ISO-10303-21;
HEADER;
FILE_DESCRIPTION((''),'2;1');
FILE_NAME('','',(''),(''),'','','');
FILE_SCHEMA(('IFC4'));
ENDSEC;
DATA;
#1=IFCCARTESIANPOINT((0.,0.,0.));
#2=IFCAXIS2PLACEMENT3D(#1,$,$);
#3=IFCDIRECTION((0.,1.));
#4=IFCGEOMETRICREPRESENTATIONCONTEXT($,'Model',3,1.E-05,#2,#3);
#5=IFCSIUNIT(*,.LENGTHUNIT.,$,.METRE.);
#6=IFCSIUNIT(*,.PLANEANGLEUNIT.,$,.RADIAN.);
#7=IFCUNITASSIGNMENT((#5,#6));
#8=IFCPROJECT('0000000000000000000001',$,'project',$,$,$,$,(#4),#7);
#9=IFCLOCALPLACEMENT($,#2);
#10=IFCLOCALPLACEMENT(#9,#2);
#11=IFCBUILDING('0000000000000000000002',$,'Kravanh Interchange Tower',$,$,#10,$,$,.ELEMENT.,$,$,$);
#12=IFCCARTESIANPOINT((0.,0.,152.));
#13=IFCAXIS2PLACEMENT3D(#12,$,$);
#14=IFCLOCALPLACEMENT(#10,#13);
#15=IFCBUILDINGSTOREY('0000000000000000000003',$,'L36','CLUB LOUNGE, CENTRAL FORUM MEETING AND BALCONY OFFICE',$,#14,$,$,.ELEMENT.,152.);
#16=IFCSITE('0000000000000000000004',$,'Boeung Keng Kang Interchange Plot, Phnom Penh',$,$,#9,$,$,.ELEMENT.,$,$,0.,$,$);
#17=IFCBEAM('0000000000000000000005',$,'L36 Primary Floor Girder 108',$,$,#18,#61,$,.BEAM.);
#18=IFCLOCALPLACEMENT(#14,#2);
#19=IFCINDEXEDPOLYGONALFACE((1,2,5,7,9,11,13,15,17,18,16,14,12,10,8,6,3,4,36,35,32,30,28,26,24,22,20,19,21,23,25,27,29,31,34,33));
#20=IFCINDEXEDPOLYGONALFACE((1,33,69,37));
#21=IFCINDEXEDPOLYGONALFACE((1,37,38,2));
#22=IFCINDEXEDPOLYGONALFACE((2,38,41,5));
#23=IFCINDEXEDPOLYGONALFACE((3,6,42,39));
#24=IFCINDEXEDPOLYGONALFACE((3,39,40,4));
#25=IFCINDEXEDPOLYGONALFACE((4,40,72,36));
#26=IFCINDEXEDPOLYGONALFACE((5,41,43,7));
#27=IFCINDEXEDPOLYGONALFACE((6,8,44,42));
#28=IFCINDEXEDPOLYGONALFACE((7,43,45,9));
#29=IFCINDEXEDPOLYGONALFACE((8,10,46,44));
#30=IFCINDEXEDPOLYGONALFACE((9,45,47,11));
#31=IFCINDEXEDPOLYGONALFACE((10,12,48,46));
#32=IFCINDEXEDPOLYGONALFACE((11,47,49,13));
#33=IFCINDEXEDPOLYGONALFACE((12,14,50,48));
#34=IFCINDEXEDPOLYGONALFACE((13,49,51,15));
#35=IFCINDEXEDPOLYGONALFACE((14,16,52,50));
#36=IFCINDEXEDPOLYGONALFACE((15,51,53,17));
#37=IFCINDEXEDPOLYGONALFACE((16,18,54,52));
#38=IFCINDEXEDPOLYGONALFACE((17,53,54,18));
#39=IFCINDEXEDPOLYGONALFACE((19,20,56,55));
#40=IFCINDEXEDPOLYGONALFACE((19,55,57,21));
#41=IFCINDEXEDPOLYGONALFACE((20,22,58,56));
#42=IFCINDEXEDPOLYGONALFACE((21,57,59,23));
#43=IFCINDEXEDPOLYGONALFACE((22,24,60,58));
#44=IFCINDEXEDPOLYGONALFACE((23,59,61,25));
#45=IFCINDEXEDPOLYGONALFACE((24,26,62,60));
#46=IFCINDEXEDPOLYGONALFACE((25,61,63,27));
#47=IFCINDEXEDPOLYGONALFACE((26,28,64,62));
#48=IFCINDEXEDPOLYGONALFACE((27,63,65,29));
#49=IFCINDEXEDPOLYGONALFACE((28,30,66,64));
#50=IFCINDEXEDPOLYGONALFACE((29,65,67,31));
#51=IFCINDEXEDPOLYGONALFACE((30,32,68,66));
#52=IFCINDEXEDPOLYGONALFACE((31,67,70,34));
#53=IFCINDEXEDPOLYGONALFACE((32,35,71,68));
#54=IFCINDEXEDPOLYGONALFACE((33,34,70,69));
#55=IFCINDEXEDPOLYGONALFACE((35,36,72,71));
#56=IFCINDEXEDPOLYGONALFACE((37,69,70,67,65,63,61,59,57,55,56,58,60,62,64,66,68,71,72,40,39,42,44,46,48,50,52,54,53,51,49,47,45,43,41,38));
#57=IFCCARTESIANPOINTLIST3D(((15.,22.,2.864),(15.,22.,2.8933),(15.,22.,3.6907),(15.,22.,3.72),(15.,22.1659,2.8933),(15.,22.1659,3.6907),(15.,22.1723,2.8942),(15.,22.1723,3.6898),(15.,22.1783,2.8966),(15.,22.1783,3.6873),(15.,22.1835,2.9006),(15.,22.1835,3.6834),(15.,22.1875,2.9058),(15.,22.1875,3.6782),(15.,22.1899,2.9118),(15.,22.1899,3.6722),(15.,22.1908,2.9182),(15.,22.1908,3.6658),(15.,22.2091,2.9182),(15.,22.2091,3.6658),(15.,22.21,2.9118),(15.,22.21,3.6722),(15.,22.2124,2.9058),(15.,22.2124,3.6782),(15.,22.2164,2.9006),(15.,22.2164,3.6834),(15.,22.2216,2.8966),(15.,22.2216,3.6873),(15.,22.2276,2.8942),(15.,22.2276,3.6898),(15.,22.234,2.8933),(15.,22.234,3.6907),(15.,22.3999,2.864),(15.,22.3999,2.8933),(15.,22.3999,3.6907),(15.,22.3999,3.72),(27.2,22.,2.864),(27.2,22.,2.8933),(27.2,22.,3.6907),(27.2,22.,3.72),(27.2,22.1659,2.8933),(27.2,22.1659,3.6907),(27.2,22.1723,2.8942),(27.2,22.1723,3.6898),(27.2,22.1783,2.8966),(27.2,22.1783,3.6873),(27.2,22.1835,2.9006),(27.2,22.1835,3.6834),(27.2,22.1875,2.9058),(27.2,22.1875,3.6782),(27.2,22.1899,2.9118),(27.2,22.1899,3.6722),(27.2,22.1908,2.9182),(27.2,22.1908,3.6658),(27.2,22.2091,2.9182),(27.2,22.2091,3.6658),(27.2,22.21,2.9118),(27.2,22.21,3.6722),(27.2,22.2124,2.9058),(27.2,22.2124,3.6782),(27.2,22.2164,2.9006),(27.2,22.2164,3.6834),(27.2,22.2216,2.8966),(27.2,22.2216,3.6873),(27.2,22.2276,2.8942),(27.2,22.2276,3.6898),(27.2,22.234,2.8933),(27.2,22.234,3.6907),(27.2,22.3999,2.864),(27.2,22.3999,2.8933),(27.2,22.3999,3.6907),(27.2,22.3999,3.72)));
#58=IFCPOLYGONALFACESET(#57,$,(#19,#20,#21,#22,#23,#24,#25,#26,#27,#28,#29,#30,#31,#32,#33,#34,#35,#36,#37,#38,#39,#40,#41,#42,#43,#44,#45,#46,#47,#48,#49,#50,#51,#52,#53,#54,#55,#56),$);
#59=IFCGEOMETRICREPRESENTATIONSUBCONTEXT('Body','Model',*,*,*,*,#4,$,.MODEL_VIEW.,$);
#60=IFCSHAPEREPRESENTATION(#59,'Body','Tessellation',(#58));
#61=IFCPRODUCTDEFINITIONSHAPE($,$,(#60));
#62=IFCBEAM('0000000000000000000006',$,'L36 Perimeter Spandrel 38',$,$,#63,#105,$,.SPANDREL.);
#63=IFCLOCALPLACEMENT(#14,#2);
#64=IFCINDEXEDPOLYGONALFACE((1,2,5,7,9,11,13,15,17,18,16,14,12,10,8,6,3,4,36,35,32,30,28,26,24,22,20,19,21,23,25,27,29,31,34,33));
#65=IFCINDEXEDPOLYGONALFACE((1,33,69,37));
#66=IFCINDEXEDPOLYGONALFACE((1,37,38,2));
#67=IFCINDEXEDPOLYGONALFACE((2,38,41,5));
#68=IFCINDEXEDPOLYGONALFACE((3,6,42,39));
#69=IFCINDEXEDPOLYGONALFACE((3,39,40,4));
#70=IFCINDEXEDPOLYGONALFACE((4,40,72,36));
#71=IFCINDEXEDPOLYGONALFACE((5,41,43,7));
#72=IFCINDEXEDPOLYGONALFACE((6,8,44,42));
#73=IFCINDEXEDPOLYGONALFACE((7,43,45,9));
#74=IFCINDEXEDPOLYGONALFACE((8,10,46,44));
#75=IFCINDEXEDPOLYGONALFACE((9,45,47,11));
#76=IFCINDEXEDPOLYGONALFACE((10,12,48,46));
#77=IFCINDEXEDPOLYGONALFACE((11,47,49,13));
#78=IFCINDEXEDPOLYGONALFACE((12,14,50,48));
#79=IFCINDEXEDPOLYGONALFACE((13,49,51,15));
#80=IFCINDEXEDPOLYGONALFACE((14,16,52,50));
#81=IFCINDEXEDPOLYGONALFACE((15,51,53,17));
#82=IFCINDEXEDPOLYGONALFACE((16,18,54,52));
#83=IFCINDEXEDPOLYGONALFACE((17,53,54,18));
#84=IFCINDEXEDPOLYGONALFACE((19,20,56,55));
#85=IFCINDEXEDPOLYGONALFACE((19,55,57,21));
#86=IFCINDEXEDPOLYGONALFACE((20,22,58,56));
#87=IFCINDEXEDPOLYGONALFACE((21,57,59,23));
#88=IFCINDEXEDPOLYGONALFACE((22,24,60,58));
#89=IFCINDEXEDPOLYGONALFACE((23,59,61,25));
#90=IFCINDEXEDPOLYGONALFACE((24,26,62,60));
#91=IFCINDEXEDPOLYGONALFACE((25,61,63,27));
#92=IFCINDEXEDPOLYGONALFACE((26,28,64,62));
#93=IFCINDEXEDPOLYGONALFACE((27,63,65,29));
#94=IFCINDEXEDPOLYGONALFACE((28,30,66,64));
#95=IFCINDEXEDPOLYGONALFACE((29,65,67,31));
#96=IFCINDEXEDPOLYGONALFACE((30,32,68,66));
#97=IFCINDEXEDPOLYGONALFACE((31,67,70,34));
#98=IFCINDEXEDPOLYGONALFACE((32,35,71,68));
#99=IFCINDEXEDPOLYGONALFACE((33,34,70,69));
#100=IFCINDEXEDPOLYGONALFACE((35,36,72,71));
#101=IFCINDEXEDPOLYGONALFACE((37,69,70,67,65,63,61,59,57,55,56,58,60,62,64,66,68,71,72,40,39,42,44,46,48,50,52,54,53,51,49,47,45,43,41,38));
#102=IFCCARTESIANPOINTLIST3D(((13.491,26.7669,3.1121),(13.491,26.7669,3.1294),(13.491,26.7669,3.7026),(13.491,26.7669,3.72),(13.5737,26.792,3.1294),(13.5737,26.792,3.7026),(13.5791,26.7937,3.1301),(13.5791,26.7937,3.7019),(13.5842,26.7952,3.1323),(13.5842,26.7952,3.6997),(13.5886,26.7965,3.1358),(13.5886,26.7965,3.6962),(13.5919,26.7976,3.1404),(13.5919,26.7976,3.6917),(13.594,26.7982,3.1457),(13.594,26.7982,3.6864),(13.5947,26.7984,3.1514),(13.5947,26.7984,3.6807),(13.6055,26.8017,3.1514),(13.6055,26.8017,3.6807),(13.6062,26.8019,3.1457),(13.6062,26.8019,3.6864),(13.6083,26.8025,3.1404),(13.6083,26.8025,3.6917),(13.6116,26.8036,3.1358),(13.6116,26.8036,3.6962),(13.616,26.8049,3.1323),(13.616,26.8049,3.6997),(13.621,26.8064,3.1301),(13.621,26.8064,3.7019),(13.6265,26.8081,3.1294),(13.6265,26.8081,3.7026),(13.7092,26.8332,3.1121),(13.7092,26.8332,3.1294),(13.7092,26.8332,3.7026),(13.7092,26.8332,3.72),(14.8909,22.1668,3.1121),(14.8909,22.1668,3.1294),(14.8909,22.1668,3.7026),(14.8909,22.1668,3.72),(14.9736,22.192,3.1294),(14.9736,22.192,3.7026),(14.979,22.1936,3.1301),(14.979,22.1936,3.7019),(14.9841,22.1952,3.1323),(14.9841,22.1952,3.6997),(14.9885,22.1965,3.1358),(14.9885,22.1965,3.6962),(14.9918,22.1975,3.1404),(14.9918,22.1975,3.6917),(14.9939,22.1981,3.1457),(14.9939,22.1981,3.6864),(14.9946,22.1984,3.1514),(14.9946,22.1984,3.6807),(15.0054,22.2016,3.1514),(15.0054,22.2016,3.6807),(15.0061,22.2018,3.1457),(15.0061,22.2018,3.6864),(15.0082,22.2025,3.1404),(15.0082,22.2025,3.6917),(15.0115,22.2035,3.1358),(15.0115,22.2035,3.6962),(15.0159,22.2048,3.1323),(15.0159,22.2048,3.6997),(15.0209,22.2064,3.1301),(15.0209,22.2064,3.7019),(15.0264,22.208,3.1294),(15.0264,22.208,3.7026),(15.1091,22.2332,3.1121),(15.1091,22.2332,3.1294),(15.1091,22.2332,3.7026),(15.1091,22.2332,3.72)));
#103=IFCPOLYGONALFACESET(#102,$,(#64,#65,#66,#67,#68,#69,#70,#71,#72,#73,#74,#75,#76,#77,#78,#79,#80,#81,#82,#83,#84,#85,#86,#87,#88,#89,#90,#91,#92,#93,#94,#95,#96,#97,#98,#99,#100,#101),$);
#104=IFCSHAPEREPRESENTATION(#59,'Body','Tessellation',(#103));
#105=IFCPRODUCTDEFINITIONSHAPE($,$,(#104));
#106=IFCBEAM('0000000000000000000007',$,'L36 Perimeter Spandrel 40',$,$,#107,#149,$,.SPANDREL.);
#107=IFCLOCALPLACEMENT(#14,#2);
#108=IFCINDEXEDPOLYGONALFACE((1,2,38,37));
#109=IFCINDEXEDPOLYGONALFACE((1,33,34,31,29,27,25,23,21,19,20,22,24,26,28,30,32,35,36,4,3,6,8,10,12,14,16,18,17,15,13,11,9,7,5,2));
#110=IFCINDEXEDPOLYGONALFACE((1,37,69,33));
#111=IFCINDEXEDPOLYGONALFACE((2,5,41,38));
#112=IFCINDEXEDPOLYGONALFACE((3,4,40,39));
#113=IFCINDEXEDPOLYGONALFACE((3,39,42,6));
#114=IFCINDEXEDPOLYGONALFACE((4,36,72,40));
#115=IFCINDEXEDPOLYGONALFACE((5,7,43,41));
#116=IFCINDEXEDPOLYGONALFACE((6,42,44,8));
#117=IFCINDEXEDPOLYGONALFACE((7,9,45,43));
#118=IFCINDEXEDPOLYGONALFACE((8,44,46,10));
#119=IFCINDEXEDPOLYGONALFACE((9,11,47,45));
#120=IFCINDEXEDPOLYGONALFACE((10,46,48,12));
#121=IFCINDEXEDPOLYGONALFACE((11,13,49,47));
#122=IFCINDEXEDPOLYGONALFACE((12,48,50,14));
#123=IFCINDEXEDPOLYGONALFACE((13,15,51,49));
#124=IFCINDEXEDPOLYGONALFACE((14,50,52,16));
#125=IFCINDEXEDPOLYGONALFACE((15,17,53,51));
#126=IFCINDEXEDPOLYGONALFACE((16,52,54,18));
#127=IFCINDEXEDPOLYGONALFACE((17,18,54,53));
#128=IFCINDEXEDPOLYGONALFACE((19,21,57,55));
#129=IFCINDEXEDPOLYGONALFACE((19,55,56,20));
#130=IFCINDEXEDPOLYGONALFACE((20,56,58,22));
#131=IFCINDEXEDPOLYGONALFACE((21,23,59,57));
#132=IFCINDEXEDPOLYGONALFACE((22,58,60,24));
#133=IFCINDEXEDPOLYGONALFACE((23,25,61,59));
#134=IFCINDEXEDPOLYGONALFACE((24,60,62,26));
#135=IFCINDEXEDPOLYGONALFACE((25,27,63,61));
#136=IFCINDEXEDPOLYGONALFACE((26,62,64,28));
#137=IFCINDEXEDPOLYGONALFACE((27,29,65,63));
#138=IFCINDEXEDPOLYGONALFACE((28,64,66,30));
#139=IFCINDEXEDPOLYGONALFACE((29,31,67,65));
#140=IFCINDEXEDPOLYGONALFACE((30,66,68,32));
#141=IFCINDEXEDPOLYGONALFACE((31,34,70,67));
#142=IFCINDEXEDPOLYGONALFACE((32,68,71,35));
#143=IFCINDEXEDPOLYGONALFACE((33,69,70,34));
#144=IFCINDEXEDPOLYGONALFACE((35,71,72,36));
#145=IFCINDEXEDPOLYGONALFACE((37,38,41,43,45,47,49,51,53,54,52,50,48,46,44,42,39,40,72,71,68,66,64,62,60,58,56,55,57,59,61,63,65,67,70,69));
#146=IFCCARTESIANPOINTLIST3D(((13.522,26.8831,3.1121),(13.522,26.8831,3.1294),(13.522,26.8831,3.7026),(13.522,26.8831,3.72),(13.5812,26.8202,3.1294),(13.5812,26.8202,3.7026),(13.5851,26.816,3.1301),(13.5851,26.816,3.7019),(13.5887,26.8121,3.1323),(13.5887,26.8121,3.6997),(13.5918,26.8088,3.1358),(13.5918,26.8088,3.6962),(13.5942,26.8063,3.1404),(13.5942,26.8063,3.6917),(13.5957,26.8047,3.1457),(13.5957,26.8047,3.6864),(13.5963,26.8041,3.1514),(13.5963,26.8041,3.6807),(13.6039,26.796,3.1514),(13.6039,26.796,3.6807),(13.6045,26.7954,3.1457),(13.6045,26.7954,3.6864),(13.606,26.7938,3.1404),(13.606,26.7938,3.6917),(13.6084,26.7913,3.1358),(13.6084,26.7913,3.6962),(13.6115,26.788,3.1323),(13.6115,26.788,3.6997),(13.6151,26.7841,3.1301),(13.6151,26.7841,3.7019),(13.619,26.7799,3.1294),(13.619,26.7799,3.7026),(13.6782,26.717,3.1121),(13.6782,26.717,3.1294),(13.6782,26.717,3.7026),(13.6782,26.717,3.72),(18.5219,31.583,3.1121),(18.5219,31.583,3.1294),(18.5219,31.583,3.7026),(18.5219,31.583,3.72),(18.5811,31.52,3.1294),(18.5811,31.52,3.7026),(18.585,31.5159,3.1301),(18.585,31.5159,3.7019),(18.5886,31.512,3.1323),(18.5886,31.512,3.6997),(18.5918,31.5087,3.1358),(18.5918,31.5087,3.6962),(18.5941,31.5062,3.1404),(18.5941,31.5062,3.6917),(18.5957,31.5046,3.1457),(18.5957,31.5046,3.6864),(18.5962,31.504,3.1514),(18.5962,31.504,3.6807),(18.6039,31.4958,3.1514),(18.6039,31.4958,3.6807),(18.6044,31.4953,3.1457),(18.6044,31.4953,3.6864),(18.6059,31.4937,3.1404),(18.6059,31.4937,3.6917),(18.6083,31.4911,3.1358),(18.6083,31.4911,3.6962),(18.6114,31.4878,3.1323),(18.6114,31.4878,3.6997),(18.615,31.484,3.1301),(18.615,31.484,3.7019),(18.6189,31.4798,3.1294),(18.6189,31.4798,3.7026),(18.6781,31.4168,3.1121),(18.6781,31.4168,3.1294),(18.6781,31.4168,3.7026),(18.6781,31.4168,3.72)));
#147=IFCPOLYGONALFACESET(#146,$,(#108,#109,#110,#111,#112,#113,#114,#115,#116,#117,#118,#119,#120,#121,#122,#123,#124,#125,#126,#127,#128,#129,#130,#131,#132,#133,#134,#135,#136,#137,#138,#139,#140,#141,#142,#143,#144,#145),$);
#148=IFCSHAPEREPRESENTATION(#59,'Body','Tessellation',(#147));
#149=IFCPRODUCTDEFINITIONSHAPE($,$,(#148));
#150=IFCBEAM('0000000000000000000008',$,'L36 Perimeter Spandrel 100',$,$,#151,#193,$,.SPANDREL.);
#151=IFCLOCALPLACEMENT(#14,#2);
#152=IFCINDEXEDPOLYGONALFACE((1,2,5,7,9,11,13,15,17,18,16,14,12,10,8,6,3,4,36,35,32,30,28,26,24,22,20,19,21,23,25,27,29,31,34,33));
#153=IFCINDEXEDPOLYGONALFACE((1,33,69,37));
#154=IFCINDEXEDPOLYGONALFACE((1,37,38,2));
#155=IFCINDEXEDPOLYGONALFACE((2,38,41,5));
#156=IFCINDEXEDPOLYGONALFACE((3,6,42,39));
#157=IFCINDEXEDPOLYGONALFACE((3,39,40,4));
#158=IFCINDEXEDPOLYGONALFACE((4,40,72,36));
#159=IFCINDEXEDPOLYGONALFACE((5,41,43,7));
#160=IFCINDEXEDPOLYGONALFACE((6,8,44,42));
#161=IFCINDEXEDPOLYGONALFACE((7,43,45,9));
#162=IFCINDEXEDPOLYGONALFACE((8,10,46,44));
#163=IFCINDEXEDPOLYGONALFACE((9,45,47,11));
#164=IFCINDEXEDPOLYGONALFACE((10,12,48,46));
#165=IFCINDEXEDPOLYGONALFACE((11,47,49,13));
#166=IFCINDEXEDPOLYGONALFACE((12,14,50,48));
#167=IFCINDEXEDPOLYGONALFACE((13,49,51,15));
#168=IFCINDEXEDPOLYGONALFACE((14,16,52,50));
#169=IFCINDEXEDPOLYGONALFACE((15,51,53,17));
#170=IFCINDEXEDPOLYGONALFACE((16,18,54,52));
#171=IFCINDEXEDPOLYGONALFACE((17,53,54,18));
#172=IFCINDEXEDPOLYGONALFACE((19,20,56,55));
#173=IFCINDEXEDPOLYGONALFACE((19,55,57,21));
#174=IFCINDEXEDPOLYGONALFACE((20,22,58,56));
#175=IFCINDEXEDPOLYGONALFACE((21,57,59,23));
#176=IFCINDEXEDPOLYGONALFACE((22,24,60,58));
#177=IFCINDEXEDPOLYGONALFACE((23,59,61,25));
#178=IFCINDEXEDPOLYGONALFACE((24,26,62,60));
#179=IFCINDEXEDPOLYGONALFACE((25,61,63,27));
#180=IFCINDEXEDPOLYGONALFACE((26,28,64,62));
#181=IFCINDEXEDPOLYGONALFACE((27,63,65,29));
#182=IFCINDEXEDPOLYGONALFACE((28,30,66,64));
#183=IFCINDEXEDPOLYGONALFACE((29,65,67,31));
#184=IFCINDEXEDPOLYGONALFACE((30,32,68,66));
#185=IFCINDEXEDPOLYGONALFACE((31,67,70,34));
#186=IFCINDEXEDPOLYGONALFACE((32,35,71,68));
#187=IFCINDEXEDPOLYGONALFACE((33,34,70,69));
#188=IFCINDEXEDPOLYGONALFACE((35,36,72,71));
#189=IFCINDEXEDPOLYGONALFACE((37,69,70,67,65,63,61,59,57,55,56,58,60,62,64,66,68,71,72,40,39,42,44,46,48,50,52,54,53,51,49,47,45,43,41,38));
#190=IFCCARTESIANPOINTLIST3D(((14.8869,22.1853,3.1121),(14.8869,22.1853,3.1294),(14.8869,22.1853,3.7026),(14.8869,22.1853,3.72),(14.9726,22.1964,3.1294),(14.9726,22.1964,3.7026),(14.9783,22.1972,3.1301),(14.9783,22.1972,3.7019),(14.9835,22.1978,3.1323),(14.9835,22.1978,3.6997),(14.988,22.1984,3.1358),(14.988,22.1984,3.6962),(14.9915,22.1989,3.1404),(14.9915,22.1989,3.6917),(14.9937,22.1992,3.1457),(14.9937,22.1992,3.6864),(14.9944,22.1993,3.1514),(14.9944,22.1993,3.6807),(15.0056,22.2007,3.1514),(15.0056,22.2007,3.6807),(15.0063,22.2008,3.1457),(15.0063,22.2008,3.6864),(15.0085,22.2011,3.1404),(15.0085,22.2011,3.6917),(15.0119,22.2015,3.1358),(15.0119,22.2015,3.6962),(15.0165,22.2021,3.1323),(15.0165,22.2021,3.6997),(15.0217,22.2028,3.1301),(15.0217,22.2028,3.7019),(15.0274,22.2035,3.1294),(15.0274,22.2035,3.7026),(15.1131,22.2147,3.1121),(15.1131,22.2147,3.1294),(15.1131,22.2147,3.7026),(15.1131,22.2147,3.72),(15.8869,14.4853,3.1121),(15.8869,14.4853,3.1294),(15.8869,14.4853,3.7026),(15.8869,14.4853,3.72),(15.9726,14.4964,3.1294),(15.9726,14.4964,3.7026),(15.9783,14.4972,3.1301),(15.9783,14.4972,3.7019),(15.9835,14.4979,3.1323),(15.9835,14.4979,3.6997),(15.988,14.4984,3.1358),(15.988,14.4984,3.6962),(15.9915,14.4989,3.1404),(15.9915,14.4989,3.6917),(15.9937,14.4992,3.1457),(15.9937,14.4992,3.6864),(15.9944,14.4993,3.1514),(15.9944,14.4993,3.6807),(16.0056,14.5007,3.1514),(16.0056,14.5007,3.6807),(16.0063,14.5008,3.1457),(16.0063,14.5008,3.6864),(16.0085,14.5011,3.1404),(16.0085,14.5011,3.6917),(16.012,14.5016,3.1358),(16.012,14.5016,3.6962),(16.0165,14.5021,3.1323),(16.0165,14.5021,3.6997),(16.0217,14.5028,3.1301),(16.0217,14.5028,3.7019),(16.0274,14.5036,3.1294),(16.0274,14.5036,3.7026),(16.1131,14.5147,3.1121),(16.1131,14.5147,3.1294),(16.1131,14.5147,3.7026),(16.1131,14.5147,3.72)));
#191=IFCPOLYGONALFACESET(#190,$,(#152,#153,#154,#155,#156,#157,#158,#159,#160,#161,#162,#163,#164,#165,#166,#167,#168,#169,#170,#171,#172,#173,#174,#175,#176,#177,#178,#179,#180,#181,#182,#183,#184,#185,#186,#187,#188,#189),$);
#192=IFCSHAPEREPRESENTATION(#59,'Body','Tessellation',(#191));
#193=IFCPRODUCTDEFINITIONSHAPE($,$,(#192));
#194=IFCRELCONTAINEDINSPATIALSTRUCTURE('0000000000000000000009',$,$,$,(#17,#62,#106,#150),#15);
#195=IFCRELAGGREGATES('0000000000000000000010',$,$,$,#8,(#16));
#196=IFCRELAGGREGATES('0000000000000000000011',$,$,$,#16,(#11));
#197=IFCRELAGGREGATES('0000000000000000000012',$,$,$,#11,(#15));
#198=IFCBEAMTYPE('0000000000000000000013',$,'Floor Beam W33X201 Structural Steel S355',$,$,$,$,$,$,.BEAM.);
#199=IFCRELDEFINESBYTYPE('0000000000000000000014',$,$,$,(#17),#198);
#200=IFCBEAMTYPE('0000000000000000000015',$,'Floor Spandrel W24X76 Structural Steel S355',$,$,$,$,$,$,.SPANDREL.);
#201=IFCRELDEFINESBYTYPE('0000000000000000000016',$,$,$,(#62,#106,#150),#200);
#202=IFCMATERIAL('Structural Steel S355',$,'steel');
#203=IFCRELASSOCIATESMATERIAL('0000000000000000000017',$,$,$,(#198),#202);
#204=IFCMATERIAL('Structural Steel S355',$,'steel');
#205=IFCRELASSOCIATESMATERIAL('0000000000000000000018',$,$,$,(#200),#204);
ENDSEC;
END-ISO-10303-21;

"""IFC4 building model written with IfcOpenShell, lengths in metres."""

from ifc_helpers import new_model, si_unit, direction, frame, origin, origin_2d, place, context, subcontext, project, spatial, i_section, extrude, material, material_profile, profile_set, type_object, element, save


model = new_model("IFC4")

# Units and contexts
model_context = context("Model", 3, precision=1e-05, world=origin(), true_north=direction((0.0, 1.0)))
body_context = subcontext(model_context, "Body", "Model", "MODEL_VIEW")
ifc_project = project(units=[si_unit("LENGTHUNIT", "METRE"), si_unit("PLANEANGLEUNIT", "RADIAN")], contexts=[model_context])

# Site, building, storey
site_placement = place(None, origin())
site = spatial("IfcSite", under=ifc_project, at=site_placement, Name="Boeung Keng Kang Interchange Plot, Phnom Penh", CompositionType="ELEMENT", RefElevation=0.0)
building_placement = place(site_placement, origin())
building = spatial("IfcBuilding", under=site, at=building_placement, Name="Kravanh Interchange Tower", CompositionType="ELEMENT")
storey_placement = place(building_placement, frame((0.0, 0.0, 152.0)))
storey = spatial("IfcBuildingStorey", under=building, at=storey_placement, Name="L36", Description="CLUB LOUNGE, CENTRAL FORUM MEETING AND BALCONY OFFICE", CompositionType="ELEMENT", Elevation=152.0)

# Beams
ifc_material_1 = material(Name="Structural Steel S355", Category="steel")
ifc_material_profile_1 = material_profile(ifc_material_1, i_section(OverallWidth=0.3999, OverallDepth=0.856, WebThickness=0.0183, FlangeThickness=0.0293, FilletRadius=0.0249, at=origin_2d()), Name="W33X201")
ifc_profile_set_1 = profile_set([ifc_material_profile_1], Name="Structural Steel S355")
beam_type_1 = type_object("IfcBeamType", Name="Floor Beam W33X201 Structural Steel S355", PredefinedType="BEAM", material=ifc_profile_set_1)
beam_1_placement = place(storey_placement, frame((15.0, 22.2, 3.292), z_axis=(1.0, 0.0, 0.0), x_axis=(0.0, 1.0, 0.0)))
element("IfcBeam", 1, at=beam_1_placement, inside=storey, type_object=beam_type_1, Name="L36 Primary Floor Girder 108", PredefinedType="BEAM", context=body_context, shape_type="SweptSolid", body=[
    extrude(i_section(OverallWidth=0.3999, OverallDepth=0.856, WebThickness=0.0183, FlangeThickness=0.0293, FilletRadius=0.0249, at=origin_2d()), origin(), (0.0, 0.0, 1.0), 12.2),
])
ifc_material_2 = material(Name="Structural Steel S355", Category="steel")
ifc_material_profile_2 = material_profile(ifc_material_2, i_section(OverallWidth=0.228, OverallDepth=0.6079, WebThickness=0.0112, FlangeThickness=0.0173, FilletRadius=0.022, at=origin_2d()), Name="W24X76")
ifc_profile_set_2 = profile_set([ifc_material_profile_2], Name="Structural Steel S355")
beam_type_2 = type_object("IfcBeamType", Name="Floor Spandrel W24X76 Structural Steel S355", PredefinedType="SPANDREL", material=ifc_profile_set_2)
beam_2_placement = place(storey_placement, frame((13.6001, 26.8, 3.416), z_axis=(0.291137, -0.956681, 0.0), x_axis=(0.956681, 0.291137, 0.0)))
element("IfcBeam", 2, at=beam_2_placement, inside=storey, type_object=beam_type_2, Name="L36 Perimeter Spandrel 38", PredefinedType="SPANDREL", context=body_context, shape_type="SweptSolid", body=[
    extrude(i_section(OverallWidth=0.228, OverallDepth=0.6079, WebThickness=0.0112, FlangeThickness=0.0173, FilletRadius=0.022, at=origin_2d()), origin(), (0.0, 0.0, 1.0), 4.8083),
])
beam_3_placement = place(storey_placement, frame((13.6001, 26.8, 3.416), z_axis=(0.728631, 0.684906, 0.0), x_axis=(-0.684906, 0.728631, 0.0)))
element("IfcBeam", 3, at=beam_3_placement, inside=storey, type_object=beam_type_2, Name="L36 Perimeter Spandrel 40", PredefinedType="SPANDREL", context=body_context, shape_type="SweptSolid", body=[
    extrude(i_section(OverallWidth=0.228, OverallDepth=0.6079, WebThickness=0.0112, FlangeThickness=0.0173, FilletRadius=0.022, at=origin_2d()), origin(), (0.0, 0.0, 1.0), 6.8621),
])
beam_4_placement = place(storey_placement, frame((16.0, 14.5, 3.416), z_axis=(-0.128789, 0.991672, 0.0), x_axis=(-0.991672, -0.128789, 0.0)))
element("IfcBeam", 4, at=beam_4_placement, inside=storey, type_object=beam_type_2, Name="L36 Perimeter Spandrel 100", PredefinedType="SPANDREL", context=body_context, shape_type="SweptSolid", body=[
    extrude(i_section(OverallWidth=0.228, OverallDepth=0.6079, WebThickness=0.0112, FlangeThickness=0.0173, FilletRadius=0.022, at=origin_2d()), origin(), (0.0, 0.0, 1.0), 7.7646),
])

save(model, "model.ifc")
